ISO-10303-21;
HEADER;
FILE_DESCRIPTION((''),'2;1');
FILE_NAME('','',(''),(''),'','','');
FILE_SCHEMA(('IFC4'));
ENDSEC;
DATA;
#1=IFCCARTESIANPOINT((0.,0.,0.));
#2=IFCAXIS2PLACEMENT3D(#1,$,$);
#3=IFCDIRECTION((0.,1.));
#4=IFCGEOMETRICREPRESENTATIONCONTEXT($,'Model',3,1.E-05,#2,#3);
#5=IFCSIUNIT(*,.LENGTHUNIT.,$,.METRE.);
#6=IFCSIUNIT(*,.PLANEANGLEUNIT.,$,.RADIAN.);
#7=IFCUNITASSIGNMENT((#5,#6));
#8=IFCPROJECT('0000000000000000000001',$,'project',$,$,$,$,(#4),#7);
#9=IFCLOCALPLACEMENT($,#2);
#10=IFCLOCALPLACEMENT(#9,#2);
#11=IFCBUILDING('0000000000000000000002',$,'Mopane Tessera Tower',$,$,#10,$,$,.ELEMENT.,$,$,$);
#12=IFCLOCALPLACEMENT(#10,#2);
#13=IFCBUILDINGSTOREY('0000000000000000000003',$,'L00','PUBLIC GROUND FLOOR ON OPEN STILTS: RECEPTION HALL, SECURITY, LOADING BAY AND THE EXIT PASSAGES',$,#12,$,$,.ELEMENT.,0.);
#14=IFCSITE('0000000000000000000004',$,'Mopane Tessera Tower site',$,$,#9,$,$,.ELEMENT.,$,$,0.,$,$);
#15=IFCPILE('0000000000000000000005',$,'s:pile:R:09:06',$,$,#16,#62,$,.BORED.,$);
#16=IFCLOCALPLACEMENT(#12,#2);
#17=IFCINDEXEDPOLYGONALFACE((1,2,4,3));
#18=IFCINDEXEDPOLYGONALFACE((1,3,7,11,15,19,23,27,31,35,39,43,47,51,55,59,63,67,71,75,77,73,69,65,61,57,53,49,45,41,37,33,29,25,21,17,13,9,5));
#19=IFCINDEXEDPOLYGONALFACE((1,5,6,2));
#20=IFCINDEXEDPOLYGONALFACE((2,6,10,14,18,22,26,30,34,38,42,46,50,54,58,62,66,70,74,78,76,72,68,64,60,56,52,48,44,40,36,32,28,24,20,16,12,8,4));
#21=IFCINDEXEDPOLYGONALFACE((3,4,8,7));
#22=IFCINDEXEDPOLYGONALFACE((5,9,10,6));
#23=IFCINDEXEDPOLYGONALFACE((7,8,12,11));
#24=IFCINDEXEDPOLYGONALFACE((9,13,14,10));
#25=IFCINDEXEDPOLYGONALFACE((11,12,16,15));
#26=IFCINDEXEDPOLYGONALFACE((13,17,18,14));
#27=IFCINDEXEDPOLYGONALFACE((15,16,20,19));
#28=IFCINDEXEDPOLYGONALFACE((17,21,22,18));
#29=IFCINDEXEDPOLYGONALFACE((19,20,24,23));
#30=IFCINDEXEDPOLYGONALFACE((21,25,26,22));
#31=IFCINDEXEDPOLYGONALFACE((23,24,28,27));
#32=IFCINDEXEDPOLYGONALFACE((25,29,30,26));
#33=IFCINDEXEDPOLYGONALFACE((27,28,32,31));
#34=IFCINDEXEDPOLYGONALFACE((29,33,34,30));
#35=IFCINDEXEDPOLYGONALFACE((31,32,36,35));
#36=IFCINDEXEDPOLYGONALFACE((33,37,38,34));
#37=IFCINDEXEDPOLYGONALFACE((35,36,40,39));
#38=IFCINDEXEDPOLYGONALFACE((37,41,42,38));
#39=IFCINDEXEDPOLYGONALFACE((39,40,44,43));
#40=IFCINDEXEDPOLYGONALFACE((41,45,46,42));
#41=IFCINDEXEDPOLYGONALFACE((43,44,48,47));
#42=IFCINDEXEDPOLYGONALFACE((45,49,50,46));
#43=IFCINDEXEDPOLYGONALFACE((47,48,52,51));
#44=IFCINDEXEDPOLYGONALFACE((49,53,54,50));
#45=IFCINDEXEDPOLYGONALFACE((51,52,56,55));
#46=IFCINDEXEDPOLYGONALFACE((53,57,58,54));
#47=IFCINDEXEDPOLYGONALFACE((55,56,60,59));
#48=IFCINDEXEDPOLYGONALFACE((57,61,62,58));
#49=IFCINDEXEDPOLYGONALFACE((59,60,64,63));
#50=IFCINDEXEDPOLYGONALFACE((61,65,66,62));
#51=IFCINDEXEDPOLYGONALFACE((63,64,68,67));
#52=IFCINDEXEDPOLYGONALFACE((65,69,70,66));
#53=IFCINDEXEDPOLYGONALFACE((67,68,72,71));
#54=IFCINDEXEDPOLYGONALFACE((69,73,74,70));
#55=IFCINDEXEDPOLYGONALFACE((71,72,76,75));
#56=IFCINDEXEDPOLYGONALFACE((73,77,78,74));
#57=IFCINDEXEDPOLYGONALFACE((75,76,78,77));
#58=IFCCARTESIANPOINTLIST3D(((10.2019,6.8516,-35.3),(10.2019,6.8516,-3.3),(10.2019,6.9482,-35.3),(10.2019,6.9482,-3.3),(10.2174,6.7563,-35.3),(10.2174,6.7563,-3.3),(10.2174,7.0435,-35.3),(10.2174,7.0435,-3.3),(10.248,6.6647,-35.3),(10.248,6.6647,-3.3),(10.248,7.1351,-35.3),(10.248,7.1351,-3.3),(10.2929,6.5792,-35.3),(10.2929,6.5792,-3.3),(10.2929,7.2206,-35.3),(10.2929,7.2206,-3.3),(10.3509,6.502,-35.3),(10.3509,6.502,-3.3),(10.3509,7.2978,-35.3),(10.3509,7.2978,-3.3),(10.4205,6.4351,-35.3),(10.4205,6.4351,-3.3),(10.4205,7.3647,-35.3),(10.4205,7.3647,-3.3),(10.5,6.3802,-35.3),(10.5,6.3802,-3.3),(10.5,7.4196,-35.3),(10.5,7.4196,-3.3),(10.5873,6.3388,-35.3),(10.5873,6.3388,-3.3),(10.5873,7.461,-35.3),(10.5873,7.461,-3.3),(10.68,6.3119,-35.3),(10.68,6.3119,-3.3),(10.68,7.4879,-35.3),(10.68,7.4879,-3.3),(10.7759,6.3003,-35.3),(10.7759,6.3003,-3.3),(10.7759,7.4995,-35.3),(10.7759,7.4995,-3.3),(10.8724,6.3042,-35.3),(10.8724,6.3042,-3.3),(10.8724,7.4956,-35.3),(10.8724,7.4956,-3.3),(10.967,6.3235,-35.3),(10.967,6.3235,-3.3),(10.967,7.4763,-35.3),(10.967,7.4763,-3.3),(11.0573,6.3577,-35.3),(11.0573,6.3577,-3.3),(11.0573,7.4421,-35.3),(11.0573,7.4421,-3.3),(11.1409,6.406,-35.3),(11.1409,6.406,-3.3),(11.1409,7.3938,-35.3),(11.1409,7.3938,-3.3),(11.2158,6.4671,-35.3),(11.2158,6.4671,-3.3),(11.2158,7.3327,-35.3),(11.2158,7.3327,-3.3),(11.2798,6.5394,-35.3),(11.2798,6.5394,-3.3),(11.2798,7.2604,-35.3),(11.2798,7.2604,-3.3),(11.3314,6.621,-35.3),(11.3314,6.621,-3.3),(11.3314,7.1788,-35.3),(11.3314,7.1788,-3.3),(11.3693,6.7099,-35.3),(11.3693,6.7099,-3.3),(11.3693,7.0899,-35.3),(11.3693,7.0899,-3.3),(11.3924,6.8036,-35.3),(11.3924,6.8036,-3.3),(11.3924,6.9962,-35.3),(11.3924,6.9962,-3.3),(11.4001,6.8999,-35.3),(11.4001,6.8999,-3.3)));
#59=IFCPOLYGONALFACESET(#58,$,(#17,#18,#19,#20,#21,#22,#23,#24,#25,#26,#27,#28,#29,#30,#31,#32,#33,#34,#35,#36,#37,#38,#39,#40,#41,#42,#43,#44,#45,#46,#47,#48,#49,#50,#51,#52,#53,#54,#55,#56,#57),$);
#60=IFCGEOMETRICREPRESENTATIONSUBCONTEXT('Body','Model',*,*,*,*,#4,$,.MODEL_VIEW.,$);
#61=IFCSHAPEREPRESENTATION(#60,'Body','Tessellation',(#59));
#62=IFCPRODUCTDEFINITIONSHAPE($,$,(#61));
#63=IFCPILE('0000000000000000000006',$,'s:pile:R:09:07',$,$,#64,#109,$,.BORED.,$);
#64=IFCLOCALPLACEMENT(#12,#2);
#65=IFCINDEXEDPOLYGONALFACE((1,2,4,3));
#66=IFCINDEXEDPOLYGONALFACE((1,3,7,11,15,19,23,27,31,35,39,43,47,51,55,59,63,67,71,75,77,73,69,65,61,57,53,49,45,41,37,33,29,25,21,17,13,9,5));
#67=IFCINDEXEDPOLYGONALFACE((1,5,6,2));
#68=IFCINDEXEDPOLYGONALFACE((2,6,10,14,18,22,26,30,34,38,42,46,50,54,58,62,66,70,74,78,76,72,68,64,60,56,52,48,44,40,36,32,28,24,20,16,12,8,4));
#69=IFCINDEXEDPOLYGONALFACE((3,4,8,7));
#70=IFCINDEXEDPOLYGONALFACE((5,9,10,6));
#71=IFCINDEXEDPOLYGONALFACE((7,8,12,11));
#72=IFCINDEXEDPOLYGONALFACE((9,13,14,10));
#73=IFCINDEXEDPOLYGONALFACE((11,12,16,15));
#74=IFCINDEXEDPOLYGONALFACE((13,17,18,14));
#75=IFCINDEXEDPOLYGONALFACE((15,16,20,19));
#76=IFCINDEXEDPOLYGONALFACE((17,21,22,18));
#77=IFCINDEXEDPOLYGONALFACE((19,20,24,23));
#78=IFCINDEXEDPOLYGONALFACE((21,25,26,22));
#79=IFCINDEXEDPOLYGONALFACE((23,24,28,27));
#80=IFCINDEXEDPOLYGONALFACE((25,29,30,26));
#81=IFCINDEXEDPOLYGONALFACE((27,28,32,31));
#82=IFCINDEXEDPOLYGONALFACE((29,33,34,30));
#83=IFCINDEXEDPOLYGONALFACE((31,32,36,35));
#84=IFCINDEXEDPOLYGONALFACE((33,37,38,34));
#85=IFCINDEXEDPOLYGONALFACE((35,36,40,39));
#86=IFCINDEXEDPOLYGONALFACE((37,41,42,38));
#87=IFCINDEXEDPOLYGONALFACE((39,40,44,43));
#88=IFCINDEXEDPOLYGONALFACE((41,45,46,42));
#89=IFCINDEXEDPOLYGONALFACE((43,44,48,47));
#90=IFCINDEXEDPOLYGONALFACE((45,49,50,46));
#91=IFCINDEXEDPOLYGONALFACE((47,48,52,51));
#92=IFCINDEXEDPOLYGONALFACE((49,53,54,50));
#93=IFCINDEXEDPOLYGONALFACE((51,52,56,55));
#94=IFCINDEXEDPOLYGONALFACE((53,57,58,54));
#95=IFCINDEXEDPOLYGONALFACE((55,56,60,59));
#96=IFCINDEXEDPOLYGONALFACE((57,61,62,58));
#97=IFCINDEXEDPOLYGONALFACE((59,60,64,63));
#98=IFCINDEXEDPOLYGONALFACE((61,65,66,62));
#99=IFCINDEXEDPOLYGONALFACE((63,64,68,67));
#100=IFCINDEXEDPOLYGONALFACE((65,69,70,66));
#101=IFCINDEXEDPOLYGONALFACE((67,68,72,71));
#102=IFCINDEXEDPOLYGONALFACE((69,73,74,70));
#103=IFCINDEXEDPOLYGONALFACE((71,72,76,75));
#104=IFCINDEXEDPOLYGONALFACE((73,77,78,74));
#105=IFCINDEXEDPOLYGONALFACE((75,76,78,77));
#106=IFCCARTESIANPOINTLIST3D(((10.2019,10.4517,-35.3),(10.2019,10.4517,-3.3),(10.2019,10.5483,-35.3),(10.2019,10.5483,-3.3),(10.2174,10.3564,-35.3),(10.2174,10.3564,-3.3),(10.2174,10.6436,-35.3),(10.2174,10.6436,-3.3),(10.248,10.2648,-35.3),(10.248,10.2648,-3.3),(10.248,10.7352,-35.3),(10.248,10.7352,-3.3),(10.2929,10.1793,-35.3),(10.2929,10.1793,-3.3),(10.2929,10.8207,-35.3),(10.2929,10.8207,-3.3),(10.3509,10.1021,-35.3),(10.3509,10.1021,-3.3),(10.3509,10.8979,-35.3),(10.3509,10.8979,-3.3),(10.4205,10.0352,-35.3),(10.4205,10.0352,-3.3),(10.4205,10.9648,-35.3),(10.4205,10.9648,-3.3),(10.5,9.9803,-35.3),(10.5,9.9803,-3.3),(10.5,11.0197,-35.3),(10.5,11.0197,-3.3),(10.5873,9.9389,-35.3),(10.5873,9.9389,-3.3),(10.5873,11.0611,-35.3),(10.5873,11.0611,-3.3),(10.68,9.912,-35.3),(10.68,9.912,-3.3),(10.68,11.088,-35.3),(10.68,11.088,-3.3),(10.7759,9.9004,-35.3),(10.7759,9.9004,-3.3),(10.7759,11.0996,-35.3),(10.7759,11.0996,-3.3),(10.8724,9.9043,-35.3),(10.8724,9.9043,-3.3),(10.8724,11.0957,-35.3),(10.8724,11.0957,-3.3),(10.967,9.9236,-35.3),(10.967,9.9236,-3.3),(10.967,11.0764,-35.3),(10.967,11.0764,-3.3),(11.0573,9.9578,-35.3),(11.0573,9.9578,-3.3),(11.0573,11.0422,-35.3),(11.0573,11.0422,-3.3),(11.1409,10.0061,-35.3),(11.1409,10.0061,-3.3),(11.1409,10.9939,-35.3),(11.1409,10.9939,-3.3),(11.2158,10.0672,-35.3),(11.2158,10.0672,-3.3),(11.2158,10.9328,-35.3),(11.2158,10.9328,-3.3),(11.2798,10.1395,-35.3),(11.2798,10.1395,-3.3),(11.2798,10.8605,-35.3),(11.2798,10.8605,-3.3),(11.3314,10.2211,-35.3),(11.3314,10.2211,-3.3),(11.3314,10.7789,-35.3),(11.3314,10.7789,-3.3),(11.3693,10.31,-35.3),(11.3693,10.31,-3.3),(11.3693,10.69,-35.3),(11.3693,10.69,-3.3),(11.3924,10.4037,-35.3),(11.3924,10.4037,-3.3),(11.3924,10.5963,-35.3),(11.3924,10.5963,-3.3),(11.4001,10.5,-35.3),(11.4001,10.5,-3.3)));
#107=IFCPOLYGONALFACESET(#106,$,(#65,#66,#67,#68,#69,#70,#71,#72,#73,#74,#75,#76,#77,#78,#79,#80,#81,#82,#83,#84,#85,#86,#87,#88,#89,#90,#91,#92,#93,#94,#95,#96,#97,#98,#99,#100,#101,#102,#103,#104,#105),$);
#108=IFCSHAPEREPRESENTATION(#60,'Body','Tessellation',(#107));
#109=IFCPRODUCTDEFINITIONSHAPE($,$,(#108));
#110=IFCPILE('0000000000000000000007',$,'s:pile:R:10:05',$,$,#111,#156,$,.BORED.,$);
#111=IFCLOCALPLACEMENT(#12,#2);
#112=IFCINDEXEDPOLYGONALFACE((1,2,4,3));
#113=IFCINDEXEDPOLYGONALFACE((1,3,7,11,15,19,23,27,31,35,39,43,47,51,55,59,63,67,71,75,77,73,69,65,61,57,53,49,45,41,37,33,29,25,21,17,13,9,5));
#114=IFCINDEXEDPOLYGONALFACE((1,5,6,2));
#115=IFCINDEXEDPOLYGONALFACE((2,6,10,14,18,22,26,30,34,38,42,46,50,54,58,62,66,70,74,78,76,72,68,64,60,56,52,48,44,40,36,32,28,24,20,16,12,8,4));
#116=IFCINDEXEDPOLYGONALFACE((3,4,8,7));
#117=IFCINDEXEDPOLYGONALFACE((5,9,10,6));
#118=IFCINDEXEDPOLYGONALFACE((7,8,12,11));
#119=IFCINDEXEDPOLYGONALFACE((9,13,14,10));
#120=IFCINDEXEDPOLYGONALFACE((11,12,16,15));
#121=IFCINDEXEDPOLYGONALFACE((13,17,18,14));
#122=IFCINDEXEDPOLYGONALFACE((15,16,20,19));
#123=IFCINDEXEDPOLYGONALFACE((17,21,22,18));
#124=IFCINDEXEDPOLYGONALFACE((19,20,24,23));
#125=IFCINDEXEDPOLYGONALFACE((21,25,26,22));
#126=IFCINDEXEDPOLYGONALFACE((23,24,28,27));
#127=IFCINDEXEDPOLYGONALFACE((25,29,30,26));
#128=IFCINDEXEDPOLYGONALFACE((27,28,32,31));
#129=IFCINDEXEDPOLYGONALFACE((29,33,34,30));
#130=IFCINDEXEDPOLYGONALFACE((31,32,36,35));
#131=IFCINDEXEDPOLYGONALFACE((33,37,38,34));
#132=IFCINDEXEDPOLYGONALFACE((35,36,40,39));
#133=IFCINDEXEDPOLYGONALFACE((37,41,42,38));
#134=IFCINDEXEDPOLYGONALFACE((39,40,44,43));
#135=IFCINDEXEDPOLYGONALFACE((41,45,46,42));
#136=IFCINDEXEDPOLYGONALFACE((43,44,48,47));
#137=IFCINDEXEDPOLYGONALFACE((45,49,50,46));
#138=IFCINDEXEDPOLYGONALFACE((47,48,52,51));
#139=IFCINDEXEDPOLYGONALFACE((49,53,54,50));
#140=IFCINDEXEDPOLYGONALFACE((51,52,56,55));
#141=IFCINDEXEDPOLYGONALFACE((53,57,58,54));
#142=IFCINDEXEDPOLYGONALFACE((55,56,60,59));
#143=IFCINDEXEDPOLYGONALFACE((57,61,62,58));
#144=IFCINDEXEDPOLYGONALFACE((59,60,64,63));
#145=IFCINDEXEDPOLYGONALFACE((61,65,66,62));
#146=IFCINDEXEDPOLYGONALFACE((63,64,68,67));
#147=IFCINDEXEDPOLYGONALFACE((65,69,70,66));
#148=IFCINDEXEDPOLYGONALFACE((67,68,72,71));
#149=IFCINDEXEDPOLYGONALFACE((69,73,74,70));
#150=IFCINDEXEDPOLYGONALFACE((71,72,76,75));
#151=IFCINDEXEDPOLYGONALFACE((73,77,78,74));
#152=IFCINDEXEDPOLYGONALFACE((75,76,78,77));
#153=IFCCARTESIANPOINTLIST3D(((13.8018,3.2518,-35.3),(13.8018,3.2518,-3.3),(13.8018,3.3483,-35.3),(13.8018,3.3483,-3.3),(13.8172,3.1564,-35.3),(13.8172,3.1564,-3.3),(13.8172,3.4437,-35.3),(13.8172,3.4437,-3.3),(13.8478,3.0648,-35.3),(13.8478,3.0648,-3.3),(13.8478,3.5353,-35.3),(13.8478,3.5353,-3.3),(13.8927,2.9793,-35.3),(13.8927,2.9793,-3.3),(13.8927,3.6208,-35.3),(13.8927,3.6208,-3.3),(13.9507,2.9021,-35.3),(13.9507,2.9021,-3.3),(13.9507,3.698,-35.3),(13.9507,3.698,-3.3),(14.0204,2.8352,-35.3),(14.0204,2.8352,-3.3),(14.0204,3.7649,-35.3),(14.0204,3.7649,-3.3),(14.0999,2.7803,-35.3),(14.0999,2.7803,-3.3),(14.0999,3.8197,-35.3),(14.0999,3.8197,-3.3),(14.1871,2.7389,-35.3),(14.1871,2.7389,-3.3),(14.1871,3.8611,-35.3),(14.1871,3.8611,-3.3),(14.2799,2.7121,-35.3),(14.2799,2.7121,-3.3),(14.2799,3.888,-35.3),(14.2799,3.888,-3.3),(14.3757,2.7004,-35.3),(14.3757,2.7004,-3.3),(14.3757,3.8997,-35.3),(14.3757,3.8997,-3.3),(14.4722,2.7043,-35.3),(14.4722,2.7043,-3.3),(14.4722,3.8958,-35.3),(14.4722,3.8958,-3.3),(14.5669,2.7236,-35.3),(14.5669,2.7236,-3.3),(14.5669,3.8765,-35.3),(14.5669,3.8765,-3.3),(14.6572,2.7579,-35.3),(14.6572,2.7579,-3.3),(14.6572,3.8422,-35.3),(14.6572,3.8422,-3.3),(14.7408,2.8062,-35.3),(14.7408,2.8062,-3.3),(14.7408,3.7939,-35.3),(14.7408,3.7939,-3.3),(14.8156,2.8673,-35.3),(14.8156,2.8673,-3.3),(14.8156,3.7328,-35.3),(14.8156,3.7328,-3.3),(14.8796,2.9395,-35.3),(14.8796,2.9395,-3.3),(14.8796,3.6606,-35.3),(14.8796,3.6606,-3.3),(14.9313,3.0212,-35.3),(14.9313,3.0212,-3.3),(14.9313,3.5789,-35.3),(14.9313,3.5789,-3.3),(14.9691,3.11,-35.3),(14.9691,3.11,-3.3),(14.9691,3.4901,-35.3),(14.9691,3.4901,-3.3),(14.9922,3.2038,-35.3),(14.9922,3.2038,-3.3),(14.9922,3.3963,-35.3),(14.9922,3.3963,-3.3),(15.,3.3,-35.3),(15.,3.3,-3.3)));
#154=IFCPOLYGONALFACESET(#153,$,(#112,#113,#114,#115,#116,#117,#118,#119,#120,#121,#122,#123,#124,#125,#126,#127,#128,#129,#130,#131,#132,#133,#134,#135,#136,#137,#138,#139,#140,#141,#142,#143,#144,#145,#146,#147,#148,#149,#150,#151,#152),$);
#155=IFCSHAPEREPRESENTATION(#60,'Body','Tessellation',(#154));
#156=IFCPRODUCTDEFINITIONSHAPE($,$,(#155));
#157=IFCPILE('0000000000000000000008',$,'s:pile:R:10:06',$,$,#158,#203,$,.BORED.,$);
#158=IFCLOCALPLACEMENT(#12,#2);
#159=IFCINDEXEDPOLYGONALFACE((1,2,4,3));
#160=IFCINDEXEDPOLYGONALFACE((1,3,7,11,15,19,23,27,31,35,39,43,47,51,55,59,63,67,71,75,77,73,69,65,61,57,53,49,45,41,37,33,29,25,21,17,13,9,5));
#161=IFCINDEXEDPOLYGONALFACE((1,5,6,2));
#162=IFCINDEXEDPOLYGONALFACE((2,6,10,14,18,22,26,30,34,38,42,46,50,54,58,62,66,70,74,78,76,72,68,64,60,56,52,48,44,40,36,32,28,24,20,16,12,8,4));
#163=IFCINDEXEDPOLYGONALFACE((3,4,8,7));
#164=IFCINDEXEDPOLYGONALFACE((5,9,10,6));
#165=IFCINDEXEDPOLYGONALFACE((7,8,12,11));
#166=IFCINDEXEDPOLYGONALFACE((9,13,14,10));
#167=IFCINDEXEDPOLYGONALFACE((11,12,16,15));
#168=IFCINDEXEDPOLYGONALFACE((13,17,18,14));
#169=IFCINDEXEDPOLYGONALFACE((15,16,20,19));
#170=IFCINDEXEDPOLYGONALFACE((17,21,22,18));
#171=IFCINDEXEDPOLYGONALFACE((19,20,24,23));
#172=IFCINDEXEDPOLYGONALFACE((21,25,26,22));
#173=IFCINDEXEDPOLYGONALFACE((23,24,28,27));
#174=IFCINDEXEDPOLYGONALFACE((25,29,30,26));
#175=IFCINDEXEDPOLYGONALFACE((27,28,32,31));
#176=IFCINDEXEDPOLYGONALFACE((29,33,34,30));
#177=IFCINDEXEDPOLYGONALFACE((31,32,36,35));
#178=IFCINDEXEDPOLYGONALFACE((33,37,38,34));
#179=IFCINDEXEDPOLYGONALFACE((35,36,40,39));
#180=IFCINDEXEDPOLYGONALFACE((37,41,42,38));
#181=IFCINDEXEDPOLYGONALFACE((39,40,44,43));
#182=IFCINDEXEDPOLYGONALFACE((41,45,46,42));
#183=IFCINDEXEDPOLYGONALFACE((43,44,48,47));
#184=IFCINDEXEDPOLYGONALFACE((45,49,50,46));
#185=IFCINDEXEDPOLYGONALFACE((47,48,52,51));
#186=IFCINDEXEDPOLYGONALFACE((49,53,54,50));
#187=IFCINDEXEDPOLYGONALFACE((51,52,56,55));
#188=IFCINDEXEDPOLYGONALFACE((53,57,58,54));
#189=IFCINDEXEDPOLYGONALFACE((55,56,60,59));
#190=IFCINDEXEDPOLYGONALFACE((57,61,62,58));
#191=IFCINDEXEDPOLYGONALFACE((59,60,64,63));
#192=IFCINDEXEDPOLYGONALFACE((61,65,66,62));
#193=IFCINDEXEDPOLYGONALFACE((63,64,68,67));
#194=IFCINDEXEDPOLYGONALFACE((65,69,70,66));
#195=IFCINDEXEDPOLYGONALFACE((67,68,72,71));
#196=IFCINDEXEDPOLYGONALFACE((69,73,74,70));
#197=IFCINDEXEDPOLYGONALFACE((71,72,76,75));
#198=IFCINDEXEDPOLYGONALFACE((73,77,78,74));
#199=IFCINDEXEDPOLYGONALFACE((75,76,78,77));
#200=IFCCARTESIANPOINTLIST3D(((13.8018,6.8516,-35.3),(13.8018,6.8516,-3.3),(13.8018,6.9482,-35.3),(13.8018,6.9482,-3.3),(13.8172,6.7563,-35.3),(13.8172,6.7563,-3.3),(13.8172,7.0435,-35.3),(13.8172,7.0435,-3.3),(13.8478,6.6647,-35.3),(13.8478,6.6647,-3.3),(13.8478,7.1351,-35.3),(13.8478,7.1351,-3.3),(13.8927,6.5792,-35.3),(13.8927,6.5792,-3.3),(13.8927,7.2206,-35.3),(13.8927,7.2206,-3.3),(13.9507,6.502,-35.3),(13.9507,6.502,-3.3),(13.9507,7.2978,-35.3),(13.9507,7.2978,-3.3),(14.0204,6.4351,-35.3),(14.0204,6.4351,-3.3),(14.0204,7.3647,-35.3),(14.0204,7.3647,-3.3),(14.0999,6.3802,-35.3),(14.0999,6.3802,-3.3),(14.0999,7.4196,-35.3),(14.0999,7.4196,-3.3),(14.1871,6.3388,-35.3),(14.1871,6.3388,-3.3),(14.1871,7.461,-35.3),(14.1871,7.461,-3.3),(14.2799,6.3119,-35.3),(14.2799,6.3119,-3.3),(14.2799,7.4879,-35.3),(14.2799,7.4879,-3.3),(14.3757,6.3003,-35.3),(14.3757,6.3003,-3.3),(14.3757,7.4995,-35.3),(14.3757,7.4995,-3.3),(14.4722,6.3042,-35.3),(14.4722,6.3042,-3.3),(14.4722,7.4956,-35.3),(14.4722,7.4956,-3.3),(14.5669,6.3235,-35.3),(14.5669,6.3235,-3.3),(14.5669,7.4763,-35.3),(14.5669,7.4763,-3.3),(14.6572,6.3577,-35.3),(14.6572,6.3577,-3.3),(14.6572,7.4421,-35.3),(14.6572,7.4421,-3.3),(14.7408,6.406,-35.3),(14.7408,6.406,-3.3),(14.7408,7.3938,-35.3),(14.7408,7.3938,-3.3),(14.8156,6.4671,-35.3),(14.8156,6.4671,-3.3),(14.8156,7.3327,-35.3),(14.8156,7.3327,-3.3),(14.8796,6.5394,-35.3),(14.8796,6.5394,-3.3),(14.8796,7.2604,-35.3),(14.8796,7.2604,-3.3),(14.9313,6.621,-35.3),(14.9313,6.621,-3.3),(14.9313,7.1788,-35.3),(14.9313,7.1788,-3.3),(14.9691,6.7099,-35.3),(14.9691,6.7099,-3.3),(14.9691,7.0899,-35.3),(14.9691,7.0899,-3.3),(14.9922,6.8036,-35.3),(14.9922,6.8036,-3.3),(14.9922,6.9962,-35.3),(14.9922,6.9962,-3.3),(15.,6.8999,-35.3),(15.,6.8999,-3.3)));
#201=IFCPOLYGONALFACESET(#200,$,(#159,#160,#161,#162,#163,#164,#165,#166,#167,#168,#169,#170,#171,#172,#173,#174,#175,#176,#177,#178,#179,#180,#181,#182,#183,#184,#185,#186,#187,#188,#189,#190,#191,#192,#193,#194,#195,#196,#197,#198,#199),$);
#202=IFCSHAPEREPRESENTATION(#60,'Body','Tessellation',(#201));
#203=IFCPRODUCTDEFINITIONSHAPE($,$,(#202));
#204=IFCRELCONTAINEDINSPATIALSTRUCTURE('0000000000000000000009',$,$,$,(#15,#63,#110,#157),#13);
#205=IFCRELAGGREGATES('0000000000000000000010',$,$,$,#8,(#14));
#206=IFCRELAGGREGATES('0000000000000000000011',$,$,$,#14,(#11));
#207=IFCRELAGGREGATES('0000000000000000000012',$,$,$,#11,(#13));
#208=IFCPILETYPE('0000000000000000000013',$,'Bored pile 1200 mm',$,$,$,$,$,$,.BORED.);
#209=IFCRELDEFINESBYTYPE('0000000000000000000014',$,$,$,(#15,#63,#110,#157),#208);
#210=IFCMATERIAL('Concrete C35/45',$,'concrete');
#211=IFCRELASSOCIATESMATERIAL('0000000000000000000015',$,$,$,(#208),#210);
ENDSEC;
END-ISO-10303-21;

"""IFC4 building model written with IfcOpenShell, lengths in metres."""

from ifc_helpers import new_model, si_unit, direction, frame, origin, origin_2d, place, context, subcontext, project, spatial, circle, extrude, material, material_profile, profile_set, type_object, element, save


model = new_model("IFC4")

# Units and contexts
model_context = context("Model", 3, precision=1e-05, world=origin(), true_north=direction((0.0, 1.0)))
body_context = subcontext(model_context, "Body", "Model", "MODEL_VIEW")
ifc_project = project(units=[si_unit("LENGTHUNIT", "METRE"), si_unit("PLANEANGLEUNIT", "RADIAN")], contexts=[model_context])

# Site, building, storey
site_placement = place(None, origin())
site = spatial("IfcSite", under=ifc_project, at=site_placement, Name="Mopane Tessera Tower site", CompositionType="ELEMENT", RefElevation=0.0)
building_placement = place(site_placement, origin())
building = spatial("IfcBuilding", under=site, at=building_placement, Name="Mopane Tessera Tower", CompositionType="ELEMENT")
storey_placement = place(building_placement, origin())
storey = spatial("IfcBuildingStorey", under=building, at=storey_placement, Name="L00", Description="PUBLIC GROUND FLOOR ON OPEN STILTS: RECEPTION HALL, SECURITY, LOADING BAY AND THE EXIT PASSAGES", CompositionType="ELEMENT", Elevation=0.0)

# Piles
ifc_material_1 = material(Name="Concrete C35/45", Category="concrete")
ifc_material_profile_1 = material_profile(ifc_material_1, circle(Radius=0.6001, at=origin_2d()))
ifc_profile_set_1 = profile_set([ifc_material_profile_1], Name="Concrete C35/45")
pile_type = type_object("IfcPileType", Name="Bored pile 1200 mm", PredefinedType="BORED", material=ifc_profile_set_1)
for number, where, z_axis, x_axis, name in (
    (1, (10.8, 6.8999, -3.3), (0.0, 0.0, -1.0), (1.0, 0.0, 0.0), "s:pile:R:09:06"),
    (2, (10.8, 10.5, -3.3), (0.0, 0.0, -1.0), (1.0, 0.0, 0.0), "s:pile:R:09:07"),
    (3, (14.3999, 3.3, -3.3), (0.0, 0.0, -1.0), (1.0, 0.0, 0.0), "s:pile:R:10:05"),
    (4, (14.3999, 6.8999, -3.3), (0.0, 0.0, -1.0), (1.0, 0.0, 0.0), "s:pile:R:10:06"),
):
    element("IfcPile", number, at=place(storey_placement, frame(where, z_axis=z_axis, x_axis=x_axis)), inside=storey, type_object=pile_type, Name=name, PredefinedType="BORED", context=body_context, shape_type="SweptSolid", body=[
        extrude(circle(Radius=0.6001, at=origin_2d()), origin(), (0.0, 0.0, 1.0), 32.0),
    ])

save(model, "model.ifc")
